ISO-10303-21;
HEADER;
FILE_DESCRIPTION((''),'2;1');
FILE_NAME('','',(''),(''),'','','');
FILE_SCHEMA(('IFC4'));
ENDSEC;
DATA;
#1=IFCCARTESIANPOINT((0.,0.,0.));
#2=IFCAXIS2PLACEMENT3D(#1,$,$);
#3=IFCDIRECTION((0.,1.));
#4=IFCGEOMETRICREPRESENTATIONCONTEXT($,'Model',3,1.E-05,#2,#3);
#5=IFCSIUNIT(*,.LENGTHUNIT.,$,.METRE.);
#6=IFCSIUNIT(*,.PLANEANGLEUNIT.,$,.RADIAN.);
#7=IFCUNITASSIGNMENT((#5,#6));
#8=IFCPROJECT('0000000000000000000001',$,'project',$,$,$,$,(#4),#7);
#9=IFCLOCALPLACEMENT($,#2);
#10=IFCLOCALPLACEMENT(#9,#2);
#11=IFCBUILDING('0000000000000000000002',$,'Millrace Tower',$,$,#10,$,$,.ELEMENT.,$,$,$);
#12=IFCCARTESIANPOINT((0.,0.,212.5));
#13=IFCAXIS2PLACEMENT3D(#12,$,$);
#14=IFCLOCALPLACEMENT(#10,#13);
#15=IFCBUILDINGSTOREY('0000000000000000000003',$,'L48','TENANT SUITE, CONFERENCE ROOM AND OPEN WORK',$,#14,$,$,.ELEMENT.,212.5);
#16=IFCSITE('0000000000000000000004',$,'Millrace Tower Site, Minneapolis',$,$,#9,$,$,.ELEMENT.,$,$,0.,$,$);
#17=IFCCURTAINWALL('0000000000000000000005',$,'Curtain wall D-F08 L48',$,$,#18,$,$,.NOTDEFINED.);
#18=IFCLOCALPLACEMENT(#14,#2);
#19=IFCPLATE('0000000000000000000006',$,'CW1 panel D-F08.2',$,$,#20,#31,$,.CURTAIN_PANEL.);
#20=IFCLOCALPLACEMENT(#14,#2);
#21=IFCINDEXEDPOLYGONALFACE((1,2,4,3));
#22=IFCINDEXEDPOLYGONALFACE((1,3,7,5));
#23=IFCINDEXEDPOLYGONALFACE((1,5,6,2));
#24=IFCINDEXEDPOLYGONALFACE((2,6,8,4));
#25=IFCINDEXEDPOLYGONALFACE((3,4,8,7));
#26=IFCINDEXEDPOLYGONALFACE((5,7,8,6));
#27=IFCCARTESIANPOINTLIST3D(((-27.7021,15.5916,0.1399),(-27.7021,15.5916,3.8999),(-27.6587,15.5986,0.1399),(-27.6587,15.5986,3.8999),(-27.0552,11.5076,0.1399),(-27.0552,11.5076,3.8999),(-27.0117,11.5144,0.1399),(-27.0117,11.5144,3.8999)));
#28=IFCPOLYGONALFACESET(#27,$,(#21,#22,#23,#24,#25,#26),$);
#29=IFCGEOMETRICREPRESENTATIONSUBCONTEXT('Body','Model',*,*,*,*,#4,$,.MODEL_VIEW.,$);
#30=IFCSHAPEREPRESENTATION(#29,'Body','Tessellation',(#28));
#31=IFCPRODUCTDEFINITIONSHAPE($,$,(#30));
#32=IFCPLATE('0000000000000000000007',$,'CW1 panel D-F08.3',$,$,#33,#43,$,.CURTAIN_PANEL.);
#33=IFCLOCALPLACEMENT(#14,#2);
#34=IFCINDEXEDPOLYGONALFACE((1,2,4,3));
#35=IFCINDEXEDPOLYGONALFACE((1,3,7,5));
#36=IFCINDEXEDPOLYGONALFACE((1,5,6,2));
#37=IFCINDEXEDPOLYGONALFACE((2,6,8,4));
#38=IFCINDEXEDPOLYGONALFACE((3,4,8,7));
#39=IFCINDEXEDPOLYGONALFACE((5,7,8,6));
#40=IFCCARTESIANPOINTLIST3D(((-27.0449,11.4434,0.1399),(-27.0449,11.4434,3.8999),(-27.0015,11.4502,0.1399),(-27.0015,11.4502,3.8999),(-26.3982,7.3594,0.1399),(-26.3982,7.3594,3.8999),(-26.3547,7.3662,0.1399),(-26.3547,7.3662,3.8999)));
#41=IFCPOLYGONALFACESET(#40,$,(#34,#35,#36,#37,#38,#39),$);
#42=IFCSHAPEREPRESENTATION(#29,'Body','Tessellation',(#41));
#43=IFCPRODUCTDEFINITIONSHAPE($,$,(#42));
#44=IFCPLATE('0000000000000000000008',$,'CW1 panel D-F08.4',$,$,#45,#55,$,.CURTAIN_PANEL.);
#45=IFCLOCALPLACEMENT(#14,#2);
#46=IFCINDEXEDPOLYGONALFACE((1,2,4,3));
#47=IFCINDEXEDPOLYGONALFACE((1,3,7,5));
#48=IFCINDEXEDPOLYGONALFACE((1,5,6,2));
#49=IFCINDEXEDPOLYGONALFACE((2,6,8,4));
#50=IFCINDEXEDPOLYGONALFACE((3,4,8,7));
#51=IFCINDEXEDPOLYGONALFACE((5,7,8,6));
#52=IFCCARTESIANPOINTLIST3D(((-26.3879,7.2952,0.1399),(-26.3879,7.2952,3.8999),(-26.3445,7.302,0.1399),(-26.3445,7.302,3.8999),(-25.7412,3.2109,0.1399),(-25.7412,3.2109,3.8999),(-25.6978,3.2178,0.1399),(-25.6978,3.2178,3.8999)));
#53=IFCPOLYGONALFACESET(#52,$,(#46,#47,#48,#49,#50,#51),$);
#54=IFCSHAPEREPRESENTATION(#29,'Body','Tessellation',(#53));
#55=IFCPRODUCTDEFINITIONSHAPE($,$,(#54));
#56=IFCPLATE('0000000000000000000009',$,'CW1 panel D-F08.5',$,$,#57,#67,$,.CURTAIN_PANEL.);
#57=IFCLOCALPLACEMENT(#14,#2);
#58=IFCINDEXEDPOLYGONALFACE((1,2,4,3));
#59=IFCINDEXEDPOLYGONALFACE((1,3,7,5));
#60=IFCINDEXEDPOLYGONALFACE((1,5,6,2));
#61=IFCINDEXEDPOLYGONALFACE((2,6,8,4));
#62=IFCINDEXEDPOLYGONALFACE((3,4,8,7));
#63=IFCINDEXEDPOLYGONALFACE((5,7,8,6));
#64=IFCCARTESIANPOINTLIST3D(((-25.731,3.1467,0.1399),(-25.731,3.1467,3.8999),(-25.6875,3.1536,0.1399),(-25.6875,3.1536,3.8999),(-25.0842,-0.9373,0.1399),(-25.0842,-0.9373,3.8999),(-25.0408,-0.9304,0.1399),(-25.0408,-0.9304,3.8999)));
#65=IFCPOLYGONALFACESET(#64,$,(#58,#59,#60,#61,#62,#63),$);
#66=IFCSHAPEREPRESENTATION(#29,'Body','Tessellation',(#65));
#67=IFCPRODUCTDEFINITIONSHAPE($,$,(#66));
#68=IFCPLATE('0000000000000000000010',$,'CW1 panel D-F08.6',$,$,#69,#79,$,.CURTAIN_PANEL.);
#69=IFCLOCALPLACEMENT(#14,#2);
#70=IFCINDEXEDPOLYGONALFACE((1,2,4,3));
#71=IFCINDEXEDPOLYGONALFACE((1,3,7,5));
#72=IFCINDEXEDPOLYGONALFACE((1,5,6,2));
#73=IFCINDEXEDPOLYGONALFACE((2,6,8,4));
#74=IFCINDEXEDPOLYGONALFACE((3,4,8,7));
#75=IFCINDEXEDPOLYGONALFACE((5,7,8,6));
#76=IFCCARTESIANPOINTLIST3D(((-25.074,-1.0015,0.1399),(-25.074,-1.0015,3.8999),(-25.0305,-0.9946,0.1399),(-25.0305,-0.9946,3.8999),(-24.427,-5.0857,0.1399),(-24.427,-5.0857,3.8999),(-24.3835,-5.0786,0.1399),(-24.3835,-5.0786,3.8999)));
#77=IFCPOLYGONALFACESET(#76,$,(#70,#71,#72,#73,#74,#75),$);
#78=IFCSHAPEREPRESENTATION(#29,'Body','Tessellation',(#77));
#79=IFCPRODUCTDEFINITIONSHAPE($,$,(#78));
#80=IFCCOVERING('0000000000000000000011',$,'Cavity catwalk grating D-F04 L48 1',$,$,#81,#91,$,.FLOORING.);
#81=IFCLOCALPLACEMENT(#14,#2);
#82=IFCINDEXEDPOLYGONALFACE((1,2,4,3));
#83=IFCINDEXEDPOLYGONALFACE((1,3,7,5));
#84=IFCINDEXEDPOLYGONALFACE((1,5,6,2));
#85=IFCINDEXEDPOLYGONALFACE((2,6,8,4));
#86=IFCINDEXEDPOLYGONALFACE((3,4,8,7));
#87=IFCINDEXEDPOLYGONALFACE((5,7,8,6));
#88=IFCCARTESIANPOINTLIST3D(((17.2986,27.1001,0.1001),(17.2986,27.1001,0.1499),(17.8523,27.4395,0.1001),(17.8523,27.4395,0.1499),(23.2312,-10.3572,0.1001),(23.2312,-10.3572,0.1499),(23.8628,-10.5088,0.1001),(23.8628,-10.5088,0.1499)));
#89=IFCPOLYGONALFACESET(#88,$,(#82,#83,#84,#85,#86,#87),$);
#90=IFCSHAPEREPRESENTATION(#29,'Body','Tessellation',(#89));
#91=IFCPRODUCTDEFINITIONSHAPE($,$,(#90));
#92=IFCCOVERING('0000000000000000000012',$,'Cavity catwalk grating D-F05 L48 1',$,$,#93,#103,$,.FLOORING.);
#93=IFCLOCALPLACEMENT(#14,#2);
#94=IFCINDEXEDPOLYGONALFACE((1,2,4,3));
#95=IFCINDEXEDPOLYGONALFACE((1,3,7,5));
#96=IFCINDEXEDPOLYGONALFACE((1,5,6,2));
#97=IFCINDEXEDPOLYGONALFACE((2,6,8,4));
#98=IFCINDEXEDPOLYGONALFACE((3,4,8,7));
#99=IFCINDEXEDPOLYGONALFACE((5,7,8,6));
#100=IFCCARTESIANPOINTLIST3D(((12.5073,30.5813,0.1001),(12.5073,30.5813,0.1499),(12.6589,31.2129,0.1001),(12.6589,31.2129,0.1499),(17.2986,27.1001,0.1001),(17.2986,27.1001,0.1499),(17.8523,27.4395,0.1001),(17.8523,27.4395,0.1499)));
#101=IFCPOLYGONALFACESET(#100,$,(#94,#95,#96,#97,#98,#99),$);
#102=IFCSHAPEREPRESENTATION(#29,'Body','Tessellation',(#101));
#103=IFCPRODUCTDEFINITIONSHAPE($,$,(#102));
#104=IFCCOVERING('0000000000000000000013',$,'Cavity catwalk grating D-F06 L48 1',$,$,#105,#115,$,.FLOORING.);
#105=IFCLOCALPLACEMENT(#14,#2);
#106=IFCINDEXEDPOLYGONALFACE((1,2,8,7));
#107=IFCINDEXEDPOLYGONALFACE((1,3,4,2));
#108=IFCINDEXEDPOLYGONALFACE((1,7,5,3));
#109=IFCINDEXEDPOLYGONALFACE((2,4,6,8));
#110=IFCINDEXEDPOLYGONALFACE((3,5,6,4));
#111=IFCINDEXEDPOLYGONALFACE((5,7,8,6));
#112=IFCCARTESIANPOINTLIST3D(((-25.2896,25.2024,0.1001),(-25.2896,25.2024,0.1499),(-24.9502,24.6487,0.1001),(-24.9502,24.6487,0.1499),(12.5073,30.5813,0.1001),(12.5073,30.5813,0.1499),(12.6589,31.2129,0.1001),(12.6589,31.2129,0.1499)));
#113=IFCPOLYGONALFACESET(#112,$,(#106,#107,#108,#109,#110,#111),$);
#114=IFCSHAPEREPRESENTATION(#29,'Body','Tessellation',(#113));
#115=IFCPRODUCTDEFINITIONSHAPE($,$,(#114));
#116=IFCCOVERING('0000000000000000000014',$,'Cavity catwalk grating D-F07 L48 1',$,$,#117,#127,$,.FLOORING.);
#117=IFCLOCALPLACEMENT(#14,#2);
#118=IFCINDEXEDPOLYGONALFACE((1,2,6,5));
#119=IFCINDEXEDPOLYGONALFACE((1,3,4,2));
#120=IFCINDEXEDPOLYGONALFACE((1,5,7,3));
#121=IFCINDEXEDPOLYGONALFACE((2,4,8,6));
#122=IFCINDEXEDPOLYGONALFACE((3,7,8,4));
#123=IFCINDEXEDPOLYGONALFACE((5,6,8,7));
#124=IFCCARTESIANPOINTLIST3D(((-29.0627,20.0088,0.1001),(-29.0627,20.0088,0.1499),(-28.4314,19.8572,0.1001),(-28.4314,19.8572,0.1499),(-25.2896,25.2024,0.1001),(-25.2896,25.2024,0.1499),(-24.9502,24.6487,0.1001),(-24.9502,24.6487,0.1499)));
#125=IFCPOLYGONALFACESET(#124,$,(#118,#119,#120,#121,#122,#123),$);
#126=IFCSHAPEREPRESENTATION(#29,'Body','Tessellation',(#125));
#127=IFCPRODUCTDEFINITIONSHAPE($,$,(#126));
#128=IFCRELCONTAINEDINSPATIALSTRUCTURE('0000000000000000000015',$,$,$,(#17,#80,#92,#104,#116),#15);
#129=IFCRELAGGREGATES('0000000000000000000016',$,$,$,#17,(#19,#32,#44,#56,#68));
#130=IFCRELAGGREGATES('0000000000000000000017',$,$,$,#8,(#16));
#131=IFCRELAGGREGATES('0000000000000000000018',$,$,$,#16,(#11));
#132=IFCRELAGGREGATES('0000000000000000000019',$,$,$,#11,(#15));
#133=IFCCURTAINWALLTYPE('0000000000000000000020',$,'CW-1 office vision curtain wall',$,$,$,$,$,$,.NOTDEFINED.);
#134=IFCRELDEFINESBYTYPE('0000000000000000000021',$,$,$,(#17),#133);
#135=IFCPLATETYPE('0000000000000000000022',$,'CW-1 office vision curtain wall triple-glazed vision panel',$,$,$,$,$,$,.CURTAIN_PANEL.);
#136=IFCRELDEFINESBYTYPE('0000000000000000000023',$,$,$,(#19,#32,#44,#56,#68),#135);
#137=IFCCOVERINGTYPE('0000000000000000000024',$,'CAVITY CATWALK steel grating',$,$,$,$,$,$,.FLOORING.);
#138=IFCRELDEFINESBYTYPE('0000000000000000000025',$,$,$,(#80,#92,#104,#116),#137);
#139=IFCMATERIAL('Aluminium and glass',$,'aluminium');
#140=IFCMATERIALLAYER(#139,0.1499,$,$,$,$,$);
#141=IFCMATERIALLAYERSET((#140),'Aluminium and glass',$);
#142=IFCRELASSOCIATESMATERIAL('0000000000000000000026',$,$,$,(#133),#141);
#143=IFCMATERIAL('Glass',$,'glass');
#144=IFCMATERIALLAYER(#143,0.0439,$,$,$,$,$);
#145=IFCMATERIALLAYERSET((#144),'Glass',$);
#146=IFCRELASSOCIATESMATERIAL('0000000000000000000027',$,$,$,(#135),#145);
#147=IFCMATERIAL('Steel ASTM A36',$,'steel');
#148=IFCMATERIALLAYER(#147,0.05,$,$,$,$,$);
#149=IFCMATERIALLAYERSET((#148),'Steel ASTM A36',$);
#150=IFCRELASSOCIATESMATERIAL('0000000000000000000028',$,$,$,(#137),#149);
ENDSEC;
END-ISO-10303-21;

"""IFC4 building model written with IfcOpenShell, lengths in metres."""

from ifc_helpers import new_model, si_unit, direction, frame, origin, place, context, subcontext, project, spatial, polyline, outline, extrude, material, layer, layer_set, type_object, element, aggregate, save


model = new_model("IFC4")

# Units and contexts
model_context = context("Model", 3, precision=1e-05, world=origin(), true_north=direction((0.0, 1.0)))
body_context = subcontext(model_context, "Body", "Model", "MODEL_VIEW")
ifc_project = project(units=[si_unit("LENGTHUNIT", "METRE"), si_unit("PLANEANGLEUNIT", "RADIAN")], contexts=[model_context])

# Site, building, storey
site_placement = place(None, origin())
site = spatial("IfcSite", under=ifc_project, at=site_placement, Name="Millrace Tower Site, Minneapolis", CompositionType="ELEMENT", RefElevation=0.0)
building_placement = place(site_placement, origin())
building = spatial("IfcBuilding", under=site, at=building_placement, Name="Millrace Tower", CompositionType="ELEMENT")
storey_placement = place(building_placement, frame((0.0, 0.0, 212.5)))
storey = spatial("IfcBuildingStorey", under=building, at=storey_placement, Name="L48", Description="TENANT SUITE, CONFERENCE ROOM AND OPEN WORK", CompositionType="ELEMENT", Elevation=212.5)

# Shared definitions
ifc_material_1 = material(Name="Aluminium and glass", Category="aluminium")
ifc_layer_1 = layer(ifc_material_1, 0.1499)
ifc_layer_set_1 = layer_set([ifc_layer_1], Name="Aluminium and glass")
curtain_wall_type = type_object("IfcCurtainWallType", Name="CW-1 office vision curtain wall", PredefinedType="NOTDEFINED", material=ifc_layer_set_1)
placement_1 = place(storey_placement, origin())
ifc_material_2 = material(Name="Glass", Category="glass")
ifc_layer_2 = layer(ifc_material_2, 0.0439)
ifc_layer_set_2 = layer_set([ifc_layer_2], Name="Glass")
plate_type = type_object("IfcPlateType", Name="CW-1 office vision curtain wall triple-glazed vision panel", PredefinedType="CURTAIN_PANEL", material=ifc_layer_set_2)
placement_2 = place(storey_placement, frame((0.0, 0.0, 0.1399)))

# Curtain wall, plates
curtain_wall_1 = element("IfcCurtainWall", 1, at=placement_1, inside=storey, type_object=curtain_wall_type, Name="Curtain wall D-F08 L48", PredefinedType="NOTDEFINED")
plate_1 = element("IfcPlate", 2, at=placement_2, type_object=plate_type, Name="CW1 panel D-F08.2", PredefinedType="CURTAIN_PANEL", context=body_context, shape_type="SweptSolid", body=[
    extrude(outline(polyline([(-27.7021, 15.5916), (-27.0552, 11.5076), (-27.0117, 11.5144), (-27.6587, 15.5986), (-27.7021, 15.5916)])), origin(), (0.0, 0.0, 1.0), 3.76),
])
plate_2 = element("IfcPlate", 3, at=placement_2, type_object=plate_type, Name="CW1 panel D-F08.3", PredefinedType="CURTAIN_PANEL", context=body_context, shape_type="SweptSolid", body=[
    extrude(outline(polyline([(-27.0449, 11.4434), (-26.3982, 7.3594), (-26.3547, 7.3662), (-27.0015, 11.4502), (-27.0449, 11.4434)])), origin(), (0.0, 0.0, 1.0), 3.76),
])
plate_3 = element("IfcPlate", 4, at=placement_2, type_object=plate_type, Name="CW1 panel D-F08.4", PredefinedType="CURTAIN_PANEL", context=body_context, shape_type="SweptSolid", body=[
    extrude(outline(polyline([(-26.3879, 7.2952), (-25.7412, 3.2109), (-25.6978, 3.2178), (-26.3445, 7.302), (-26.3879, 7.2952)])), origin(), (0.0, 0.0, 1.0), 3.76),
])
plate_4 = element("IfcPlate", 5, at=placement_2, type_object=plate_type, Name="CW1 panel D-F08.5", PredefinedType="CURTAIN_PANEL", context=body_context, shape_type="SweptSolid", body=[
    extrude(outline(polyline([(-25.731, 3.1467), (-25.0842, -0.9373), (-25.0408, -0.9304), (-25.6875, 3.1536), (-25.731, 3.1467)])), origin(), (0.0, 0.0, 1.0), 3.76),
])
plate_5 = element("IfcPlate", 6, at=placement_2, type_object=plate_type, Name="CW1 panel D-F08.6", PredefinedType="CURTAIN_PANEL", context=body_context, shape_type="SweptSolid", body=[
    extrude(outline(polyline([(-25.074, -1.0015), (-24.427, -5.0857), (-24.3835, -5.0786), (-25.0305, -0.9946), (-25.074, -1.0015)])), origin(), (0.0, 0.0, 1.0), 3.76),
])
aggregate(curtain_wall_1, [plate_1, plate_2, plate_3, plate_4, plate_5])

# Coverings
ifc_material_3 = material(Name="Steel ASTM A36", Category="steel")
ifc_layer_3 = layer(ifc_material_3, 0.05)
ifc_layer_set_3 = layer_set([ifc_layer_3], Name="Steel ASTM A36")
covering_type = type_object("IfcCoveringType", Name="CAVITY CATWALK steel grating", PredefinedType="FLOORING", material=ifc_layer_set_3)
placement_3 = place(storey_placement, frame((0.0, 0.0, 0.1001)))
element("IfcCovering", 7, at=placement_3, inside=storey, type_object=covering_type, Name="Cavity catwalk grating D-F04 L48 1", PredefinedType="FLOORING", context=body_context, shape_type="SweptSolid", body=[
    extrude(outline(polyline([(23.8628, -10.5088), (17.8523, 27.4395), (17.2986, 27.1001), (23.2312, -10.3572), (23.8628, -10.5088)])), origin(), (0.0, 0.0, 1.0), 0.0498),
])
element("IfcCovering", 8, at=placement_3, inside=storey, type_object=covering_type, Name="Cavity catwalk grating D-F05 L48 1", PredefinedType="FLOORING", context=body_context, shape_type="SweptSolid", body=[
    extrude(outline(polyline([(17.8523, 27.4395), (12.6589, 31.2129), (12.5073, 30.5813), (17.2986, 27.1001), (17.8523, 27.4395)])), origin(), (0.0, 0.0, 1.0), 0.0498),
])
element("IfcCovering", 9, at=placement_3, inside=storey, type_object=covering_type, Name="Cavity catwalk grating D-F06 L48 1", PredefinedType="FLOORING", context=body_context, shape_type="SweptSolid", body=[
    extrude(outline(polyline([(12.6589, 31.2129), (-25.2896, 25.2024), (-24.9502, 24.6487), (12.5073, 30.5813), (12.6589, 31.2129)])), origin(), (0.0, 0.0, 1.0), 0.0498),
])
element("IfcCovering", 10, at=placement_3, inside=storey, type_object=covering_type, Name="Cavity catwalk grating D-F07 L48 1", PredefinedType="FLOORING", context=body_context, shape_type="SweptSolid", body=[
    extrude(outline(polyline([(-25.2896, 25.2024), (-29.0627, 20.0088), (-28.4314, 19.8572), (-24.9502, 24.6487), (-25.2896, 25.2024)])), origin(), (0.0, 0.0, 1.0), 0.0498),
])

save(model, "model.ifc")
